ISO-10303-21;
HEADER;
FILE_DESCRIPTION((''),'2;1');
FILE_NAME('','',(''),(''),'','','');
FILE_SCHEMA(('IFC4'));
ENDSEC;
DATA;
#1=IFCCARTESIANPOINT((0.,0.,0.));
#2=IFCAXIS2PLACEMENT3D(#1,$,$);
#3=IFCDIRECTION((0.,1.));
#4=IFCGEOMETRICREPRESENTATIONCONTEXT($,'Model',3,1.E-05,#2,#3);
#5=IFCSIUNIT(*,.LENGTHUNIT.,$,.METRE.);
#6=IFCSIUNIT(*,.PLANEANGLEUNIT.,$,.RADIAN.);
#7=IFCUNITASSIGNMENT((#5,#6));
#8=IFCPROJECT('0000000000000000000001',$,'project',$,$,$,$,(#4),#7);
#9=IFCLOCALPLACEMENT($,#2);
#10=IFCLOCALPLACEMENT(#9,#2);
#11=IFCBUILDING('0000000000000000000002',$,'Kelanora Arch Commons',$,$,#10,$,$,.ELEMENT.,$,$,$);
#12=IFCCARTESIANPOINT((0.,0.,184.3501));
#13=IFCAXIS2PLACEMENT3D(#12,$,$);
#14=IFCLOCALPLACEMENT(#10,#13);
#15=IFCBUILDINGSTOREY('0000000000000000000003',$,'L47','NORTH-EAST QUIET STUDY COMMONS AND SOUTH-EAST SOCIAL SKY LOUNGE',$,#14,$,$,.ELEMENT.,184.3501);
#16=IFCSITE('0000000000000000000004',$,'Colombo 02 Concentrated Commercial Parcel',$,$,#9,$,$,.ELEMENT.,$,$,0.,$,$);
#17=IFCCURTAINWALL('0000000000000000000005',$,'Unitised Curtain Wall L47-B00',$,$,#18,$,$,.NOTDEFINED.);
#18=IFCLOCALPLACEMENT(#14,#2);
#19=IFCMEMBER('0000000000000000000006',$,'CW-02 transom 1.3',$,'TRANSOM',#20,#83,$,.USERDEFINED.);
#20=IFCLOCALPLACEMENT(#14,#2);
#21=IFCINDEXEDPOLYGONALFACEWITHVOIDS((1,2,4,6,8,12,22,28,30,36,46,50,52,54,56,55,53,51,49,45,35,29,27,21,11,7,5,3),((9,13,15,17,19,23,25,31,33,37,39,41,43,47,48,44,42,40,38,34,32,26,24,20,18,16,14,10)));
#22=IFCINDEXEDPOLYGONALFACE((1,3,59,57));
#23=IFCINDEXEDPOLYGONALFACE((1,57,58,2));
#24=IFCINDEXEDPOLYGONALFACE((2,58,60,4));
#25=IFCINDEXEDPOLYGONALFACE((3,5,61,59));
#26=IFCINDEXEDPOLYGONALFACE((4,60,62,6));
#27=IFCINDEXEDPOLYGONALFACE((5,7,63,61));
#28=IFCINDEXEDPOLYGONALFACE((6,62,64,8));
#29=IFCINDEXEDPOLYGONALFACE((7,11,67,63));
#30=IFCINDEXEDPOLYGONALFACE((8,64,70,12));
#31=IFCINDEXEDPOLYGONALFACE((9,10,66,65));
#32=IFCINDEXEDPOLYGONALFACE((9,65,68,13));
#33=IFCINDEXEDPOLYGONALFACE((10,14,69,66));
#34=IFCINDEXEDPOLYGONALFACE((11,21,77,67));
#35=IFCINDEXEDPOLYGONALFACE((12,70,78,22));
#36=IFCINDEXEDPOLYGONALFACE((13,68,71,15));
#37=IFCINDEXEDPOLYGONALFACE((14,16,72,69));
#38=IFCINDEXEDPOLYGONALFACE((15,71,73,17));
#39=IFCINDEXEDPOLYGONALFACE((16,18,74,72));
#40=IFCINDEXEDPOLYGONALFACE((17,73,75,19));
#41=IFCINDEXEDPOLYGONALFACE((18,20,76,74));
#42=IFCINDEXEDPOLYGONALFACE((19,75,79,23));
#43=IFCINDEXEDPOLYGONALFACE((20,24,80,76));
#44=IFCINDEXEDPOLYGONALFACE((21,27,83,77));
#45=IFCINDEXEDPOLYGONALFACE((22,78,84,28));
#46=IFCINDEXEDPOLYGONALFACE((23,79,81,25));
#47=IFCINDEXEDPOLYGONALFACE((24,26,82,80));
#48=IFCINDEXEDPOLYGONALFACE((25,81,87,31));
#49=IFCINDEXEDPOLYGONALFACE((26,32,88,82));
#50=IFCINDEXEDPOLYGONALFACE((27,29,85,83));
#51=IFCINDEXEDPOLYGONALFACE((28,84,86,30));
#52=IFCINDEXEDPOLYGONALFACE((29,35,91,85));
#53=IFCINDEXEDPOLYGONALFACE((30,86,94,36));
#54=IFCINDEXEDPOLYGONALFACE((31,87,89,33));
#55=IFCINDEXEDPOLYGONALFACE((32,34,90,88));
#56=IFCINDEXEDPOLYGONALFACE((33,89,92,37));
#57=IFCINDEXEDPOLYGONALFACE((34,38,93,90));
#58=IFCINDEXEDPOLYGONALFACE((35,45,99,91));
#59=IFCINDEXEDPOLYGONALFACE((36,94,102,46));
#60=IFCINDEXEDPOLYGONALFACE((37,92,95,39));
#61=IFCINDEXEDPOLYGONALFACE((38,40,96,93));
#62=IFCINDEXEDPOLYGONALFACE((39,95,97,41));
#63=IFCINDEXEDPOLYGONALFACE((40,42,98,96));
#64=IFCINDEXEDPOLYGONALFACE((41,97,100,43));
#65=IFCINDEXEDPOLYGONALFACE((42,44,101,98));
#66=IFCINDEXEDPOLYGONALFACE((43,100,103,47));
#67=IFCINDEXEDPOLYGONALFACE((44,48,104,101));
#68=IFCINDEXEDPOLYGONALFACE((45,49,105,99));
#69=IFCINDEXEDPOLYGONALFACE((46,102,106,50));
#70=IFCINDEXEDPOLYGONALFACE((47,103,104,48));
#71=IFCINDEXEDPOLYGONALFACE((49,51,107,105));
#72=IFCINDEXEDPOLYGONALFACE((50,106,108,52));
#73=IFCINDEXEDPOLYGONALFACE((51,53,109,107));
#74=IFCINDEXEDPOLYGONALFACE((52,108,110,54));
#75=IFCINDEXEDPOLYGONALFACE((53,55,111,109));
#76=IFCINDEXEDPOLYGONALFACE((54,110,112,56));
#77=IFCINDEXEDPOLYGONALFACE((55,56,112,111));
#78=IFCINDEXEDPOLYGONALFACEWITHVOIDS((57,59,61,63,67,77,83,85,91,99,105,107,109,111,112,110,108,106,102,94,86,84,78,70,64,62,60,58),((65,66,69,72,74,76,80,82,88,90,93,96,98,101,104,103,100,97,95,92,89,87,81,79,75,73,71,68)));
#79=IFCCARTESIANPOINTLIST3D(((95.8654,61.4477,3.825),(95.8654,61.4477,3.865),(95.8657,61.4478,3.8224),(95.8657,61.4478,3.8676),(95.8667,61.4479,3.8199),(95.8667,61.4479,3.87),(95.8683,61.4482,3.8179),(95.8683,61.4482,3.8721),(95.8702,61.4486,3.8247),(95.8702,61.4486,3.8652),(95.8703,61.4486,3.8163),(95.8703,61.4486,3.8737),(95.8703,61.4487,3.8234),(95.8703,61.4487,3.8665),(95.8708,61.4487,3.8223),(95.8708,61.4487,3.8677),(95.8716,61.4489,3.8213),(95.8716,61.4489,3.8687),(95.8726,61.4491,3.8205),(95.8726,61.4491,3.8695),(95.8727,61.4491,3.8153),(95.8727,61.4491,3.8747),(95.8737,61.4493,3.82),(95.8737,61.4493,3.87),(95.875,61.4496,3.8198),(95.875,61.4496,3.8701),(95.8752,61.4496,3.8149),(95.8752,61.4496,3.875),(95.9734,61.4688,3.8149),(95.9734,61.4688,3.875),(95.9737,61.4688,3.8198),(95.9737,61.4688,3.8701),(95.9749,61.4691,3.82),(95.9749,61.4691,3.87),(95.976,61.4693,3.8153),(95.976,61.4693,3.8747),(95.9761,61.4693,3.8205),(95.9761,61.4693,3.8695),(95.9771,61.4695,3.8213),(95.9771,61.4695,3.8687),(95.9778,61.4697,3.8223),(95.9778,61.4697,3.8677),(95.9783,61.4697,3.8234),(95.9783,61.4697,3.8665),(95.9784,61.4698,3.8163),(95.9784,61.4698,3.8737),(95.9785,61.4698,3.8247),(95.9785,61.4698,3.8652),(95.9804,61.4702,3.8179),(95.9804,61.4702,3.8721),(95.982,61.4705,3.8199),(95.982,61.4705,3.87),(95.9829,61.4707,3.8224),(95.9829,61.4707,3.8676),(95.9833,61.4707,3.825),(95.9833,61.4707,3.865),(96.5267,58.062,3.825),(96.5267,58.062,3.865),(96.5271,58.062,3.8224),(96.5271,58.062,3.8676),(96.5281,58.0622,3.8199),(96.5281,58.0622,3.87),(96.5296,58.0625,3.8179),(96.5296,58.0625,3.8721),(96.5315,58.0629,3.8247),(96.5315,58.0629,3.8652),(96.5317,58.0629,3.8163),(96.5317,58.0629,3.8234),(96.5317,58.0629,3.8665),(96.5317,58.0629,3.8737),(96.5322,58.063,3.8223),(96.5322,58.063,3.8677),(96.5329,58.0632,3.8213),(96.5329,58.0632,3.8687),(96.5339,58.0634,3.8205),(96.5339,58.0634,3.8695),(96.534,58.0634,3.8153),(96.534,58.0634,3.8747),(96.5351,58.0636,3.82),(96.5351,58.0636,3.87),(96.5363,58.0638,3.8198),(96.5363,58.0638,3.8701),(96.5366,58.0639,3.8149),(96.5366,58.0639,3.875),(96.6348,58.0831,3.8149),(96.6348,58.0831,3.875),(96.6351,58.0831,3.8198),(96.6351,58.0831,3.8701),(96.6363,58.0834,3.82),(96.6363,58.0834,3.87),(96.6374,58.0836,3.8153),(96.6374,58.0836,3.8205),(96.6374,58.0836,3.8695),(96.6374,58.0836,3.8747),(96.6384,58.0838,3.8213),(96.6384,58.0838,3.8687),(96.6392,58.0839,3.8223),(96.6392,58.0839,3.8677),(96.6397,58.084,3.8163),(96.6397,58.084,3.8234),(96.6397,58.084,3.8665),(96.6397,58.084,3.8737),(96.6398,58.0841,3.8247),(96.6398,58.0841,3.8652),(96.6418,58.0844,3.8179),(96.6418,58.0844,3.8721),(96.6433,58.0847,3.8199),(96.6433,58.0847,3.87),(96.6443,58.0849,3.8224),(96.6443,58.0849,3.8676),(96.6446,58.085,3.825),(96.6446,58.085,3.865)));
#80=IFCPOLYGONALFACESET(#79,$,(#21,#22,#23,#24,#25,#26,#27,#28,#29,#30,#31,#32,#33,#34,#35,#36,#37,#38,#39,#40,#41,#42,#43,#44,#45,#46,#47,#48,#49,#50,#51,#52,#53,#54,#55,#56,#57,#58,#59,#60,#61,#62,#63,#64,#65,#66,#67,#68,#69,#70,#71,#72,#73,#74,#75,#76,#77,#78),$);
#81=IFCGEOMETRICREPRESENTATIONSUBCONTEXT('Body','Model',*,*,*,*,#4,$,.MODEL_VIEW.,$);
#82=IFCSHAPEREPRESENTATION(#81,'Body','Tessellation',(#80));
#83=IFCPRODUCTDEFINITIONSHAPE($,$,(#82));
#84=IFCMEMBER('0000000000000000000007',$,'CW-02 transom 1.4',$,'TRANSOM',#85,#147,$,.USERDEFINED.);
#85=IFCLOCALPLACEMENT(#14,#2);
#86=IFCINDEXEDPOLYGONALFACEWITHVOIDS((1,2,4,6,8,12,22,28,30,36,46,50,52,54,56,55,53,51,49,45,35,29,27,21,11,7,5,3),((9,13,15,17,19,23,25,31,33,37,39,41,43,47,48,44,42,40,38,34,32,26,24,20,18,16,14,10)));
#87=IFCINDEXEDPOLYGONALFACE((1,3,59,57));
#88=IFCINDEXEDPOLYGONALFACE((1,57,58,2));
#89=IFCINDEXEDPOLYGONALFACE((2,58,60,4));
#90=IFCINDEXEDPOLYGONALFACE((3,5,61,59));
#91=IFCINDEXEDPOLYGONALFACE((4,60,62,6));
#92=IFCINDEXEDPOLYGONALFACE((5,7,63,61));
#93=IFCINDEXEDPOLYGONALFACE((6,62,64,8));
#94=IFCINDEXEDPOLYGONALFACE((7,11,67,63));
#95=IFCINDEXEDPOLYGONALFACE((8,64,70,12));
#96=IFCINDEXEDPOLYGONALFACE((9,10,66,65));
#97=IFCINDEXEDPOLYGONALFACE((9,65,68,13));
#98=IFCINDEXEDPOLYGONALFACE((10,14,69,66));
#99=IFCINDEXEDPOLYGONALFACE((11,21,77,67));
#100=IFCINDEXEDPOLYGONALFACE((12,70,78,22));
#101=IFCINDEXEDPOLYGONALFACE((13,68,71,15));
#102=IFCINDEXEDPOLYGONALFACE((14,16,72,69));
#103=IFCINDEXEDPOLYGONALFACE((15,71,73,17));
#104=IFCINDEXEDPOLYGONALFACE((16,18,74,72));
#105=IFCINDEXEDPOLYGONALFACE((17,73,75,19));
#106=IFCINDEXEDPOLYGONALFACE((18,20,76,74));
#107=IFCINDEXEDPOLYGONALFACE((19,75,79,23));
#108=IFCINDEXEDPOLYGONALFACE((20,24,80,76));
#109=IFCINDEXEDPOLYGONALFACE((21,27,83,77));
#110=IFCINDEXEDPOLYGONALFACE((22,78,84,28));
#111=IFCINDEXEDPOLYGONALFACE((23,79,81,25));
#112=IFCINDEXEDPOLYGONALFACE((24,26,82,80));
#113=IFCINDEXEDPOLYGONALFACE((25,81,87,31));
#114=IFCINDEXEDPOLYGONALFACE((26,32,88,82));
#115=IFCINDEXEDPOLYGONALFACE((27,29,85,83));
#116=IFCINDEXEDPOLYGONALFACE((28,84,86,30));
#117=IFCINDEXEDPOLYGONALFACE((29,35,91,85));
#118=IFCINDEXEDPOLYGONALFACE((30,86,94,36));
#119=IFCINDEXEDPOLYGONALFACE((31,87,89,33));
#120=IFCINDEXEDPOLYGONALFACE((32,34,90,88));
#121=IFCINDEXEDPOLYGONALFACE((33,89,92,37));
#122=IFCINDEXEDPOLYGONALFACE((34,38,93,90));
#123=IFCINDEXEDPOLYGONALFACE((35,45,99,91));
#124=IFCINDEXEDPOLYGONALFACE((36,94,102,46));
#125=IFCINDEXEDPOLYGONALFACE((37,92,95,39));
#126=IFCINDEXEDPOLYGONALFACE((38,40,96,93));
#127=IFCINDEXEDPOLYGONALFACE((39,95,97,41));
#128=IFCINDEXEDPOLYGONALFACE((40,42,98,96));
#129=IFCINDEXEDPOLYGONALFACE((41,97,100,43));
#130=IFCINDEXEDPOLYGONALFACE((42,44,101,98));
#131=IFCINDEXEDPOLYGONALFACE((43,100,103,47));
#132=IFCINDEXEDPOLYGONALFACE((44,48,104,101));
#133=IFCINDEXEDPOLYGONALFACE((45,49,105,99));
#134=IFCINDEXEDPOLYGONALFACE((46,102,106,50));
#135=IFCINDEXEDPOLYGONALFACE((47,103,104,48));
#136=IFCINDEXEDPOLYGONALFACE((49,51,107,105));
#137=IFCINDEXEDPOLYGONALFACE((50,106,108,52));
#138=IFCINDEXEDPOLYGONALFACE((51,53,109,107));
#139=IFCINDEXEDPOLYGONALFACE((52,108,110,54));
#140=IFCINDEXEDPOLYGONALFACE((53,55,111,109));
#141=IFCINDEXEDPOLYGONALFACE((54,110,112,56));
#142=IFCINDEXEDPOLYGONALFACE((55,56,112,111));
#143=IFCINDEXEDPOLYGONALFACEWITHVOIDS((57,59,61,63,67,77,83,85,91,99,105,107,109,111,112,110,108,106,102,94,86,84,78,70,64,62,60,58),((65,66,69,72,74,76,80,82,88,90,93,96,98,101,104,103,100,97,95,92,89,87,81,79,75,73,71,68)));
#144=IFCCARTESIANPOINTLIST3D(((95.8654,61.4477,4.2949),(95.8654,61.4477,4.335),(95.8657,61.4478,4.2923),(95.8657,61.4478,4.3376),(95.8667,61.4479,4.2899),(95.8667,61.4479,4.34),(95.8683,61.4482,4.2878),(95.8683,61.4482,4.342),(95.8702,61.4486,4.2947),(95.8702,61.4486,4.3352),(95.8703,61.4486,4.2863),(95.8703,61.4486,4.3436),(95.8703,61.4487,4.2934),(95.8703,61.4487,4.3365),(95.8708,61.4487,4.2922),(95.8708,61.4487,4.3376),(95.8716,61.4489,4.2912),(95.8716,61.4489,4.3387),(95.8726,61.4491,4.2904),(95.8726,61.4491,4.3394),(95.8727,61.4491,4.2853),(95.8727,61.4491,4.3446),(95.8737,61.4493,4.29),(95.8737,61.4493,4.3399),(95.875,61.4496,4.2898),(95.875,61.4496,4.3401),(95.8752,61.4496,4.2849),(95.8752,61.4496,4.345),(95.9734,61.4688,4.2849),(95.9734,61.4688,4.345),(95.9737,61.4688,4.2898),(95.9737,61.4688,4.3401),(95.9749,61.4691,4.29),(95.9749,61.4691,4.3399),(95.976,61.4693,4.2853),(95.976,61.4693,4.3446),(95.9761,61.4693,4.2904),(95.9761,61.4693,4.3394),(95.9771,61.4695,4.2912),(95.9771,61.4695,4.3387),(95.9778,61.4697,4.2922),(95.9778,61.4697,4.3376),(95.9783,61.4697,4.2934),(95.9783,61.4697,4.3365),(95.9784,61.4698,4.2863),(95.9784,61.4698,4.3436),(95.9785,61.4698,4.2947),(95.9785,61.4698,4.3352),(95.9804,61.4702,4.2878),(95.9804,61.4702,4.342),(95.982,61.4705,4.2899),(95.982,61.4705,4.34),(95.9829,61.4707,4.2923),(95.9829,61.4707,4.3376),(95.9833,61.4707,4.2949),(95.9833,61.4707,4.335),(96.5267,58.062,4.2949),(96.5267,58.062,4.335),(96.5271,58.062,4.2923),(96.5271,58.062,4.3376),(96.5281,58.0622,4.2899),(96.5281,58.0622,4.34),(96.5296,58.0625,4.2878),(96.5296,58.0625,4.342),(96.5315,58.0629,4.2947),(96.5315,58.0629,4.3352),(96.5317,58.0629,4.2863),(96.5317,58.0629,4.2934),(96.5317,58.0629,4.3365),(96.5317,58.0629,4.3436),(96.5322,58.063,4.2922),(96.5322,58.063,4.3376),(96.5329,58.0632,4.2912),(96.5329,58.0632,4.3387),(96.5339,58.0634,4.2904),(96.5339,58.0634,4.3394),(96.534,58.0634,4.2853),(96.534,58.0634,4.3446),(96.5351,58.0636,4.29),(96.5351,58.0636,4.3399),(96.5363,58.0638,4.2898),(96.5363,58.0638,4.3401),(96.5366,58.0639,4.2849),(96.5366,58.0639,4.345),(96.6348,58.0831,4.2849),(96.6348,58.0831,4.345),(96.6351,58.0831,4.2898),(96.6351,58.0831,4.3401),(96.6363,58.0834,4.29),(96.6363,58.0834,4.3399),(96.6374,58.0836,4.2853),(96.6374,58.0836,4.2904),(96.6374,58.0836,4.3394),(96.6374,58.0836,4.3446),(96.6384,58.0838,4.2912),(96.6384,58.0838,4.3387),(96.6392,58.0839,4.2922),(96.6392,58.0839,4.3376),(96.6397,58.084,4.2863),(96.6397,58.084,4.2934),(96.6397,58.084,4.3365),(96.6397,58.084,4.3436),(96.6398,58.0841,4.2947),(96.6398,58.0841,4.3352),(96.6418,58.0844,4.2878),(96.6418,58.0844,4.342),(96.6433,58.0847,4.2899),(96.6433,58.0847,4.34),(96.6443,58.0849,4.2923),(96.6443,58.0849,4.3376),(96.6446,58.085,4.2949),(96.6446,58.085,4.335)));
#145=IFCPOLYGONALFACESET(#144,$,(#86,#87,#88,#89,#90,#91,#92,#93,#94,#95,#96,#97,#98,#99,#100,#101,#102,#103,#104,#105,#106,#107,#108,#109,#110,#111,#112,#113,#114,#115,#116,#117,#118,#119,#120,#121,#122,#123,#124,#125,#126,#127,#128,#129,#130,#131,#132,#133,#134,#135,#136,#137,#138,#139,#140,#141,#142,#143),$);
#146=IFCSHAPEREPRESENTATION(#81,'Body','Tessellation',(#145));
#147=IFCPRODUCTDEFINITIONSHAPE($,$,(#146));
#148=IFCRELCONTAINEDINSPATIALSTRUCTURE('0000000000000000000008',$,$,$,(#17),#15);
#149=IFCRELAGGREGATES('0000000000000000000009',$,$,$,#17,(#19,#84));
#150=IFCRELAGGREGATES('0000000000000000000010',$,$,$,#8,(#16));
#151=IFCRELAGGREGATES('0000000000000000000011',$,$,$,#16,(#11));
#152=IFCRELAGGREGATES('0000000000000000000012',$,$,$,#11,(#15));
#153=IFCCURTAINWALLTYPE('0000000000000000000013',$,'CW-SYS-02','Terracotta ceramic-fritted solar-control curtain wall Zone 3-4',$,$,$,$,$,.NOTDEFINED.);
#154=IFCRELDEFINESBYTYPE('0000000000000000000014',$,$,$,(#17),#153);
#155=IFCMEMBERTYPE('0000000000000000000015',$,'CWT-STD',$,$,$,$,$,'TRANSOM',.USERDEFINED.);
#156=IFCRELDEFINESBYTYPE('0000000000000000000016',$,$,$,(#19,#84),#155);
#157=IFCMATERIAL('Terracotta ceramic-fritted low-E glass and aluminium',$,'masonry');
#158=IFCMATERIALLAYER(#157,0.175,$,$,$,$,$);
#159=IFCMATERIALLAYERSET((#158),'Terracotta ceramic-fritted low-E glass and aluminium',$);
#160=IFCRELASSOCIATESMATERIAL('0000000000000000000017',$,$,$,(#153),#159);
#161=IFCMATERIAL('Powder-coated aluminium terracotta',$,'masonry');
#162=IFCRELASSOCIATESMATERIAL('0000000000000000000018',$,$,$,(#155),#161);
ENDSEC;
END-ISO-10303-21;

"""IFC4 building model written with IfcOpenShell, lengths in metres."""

from ifc_helpers import new_model, si_unit, direction, frame, origin, origin_2d, place, context, subcontext, project, spatial, hollow_rectangle, extrude, material, layer, layer_set, material_profile, profile_set, type_object, element, aggregate, save


model = new_model("IFC4")

# Units and contexts
model_context = context("Model", 3, precision=1e-05, world=origin(), true_north=direction((0.0, 1.0)))
body_context = subcontext(model_context, "Body", "Model", "MODEL_VIEW")
ifc_project = project(units=[si_unit("LENGTHUNIT", "METRE"), si_unit("PLANEANGLEUNIT", "RADIAN")], contexts=[model_context])

# Site, building, storey
site_placement = place(None, origin())
site = spatial("IfcSite", under=ifc_project, at=site_placement, Name="Colombo 02 Concentrated Commercial Parcel", CompositionType="ELEMENT", RefElevation=0.0)
building_placement = place(site_placement, origin())
building = spatial("IfcBuilding", under=site, at=building_placement, Name="Kelanora Arch Commons", CompositionType="ELEMENT")
storey_placement = place(building_placement, frame((0.0, 0.0, 184.3501)))
storey = spatial("IfcBuildingStorey", under=building, at=storey_placement, Name="L47", Description="NORTH-EAST QUIET STUDY COMMONS AND SOUTH-EAST SOCIAL SKY LOUNGE", CompositionType="ELEMENT", Elevation=184.3501)

# Curtain wall, members
ifc_material_1 = material(Name="Terracotta ceramic-fritted low-E glass and aluminium", Category="masonry")
ifc_layer_1 = layer(ifc_material_1, 0.175)
ifc_layer_set_1 = layer_set([ifc_layer_1], Name="Terracotta ceramic-fritted low-E glass and aluminium")
curtain_wall_type = type_object("IfcCurtainWallType", Name="CW-SYS-02", Description="Terracotta ceramic-fritted solar-control curtain wall Zone 3-4", PredefinedType="NOTDEFINED", material=ifc_layer_set_1)
curtain_wall_placement = place(storey_placement, origin())
curtain_wall = element("IfcCurtainWall", 1, at=curtain_wall_placement, inside=storey, type_object=curtain_wall_type, Name="Unitised Curtain Wall L47-B00", PredefinedType="NOTDEFINED")
ifc_material_2 = material(Name="Powder-coated aluminium terracotta", Category="masonry")
ifc_material_profile_1 = material_profile(ifc_material_2, hollow_rectangle(XDim=0.1201, YDim=0.0601, WallThickness=0.0049, InnerFilletRadius=0.0049, OuterFilletRadius=0.01, at=origin_2d()), Name="CWT120x60")
ifc_profile_set_1 = profile_set([ifc_material_profile_1], Name="Powder-coated aluminium terracotta")
member_type_1 = type_object("IfcMemberType", Name="CWT-STD", ElementType="TRANSOM", PredefinedType="USERDEFINED", material=ifc_profile_set_1)
member_1_placement = place(storey_placement, frame((96.5857, 58.0735, 3.845), z_axis=(-0.191718, 0.98145, 0.0), x_axis=(-0.98145, -0.191718, 0.0)))
member_1 = element("IfcMember", 2, at=member_1_placement, type_object=member_type_1, Name="CW-02 transom 1.3", ObjectType="TRANSOM", PredefinedType="USERDEFINED", context=body_context, shape_type="SweptSolid", body=[
    extrude(hollow_rectangle(XDim=0.1201, YDim=0.0601, WallThickness=0.0049, InnerFilletRadius=0.0049, OuterFilletRadius=0.01, at=origin_2d()), origin(), (0.0, 0.0, 1.0), 3.4497),
])
member_2_placement = place(storey_placement, frame((96.5857, 58.0735, 4.3149), z_axis=(-0.191718, 0.98145, 0.0), x_axis=(-0.98145, -0.191718, 0.0)))
member_2 = element("IfcMember", 3, at=member_2_placement, type_object=member_type_1, Name="CW-02 transom 1.4", ObjectType="TRANSOM", PredefinedType="USERDEFINED", context=body_context, shape_type="SweptSolid", body=[
    extrude(hollow_rectangle(XDim=0.1201, YDim=0.0601, WallThickness=0.0049, InnerFilletRadius=0.0049, OuterFilletRadius=0.01, at=origin_2d()), origin(), (0.0, 0.0, 1.0), 3.4497),
])
aggregate(curtain_wall, [member_1, member_2])

save(model, "model.ifc")
